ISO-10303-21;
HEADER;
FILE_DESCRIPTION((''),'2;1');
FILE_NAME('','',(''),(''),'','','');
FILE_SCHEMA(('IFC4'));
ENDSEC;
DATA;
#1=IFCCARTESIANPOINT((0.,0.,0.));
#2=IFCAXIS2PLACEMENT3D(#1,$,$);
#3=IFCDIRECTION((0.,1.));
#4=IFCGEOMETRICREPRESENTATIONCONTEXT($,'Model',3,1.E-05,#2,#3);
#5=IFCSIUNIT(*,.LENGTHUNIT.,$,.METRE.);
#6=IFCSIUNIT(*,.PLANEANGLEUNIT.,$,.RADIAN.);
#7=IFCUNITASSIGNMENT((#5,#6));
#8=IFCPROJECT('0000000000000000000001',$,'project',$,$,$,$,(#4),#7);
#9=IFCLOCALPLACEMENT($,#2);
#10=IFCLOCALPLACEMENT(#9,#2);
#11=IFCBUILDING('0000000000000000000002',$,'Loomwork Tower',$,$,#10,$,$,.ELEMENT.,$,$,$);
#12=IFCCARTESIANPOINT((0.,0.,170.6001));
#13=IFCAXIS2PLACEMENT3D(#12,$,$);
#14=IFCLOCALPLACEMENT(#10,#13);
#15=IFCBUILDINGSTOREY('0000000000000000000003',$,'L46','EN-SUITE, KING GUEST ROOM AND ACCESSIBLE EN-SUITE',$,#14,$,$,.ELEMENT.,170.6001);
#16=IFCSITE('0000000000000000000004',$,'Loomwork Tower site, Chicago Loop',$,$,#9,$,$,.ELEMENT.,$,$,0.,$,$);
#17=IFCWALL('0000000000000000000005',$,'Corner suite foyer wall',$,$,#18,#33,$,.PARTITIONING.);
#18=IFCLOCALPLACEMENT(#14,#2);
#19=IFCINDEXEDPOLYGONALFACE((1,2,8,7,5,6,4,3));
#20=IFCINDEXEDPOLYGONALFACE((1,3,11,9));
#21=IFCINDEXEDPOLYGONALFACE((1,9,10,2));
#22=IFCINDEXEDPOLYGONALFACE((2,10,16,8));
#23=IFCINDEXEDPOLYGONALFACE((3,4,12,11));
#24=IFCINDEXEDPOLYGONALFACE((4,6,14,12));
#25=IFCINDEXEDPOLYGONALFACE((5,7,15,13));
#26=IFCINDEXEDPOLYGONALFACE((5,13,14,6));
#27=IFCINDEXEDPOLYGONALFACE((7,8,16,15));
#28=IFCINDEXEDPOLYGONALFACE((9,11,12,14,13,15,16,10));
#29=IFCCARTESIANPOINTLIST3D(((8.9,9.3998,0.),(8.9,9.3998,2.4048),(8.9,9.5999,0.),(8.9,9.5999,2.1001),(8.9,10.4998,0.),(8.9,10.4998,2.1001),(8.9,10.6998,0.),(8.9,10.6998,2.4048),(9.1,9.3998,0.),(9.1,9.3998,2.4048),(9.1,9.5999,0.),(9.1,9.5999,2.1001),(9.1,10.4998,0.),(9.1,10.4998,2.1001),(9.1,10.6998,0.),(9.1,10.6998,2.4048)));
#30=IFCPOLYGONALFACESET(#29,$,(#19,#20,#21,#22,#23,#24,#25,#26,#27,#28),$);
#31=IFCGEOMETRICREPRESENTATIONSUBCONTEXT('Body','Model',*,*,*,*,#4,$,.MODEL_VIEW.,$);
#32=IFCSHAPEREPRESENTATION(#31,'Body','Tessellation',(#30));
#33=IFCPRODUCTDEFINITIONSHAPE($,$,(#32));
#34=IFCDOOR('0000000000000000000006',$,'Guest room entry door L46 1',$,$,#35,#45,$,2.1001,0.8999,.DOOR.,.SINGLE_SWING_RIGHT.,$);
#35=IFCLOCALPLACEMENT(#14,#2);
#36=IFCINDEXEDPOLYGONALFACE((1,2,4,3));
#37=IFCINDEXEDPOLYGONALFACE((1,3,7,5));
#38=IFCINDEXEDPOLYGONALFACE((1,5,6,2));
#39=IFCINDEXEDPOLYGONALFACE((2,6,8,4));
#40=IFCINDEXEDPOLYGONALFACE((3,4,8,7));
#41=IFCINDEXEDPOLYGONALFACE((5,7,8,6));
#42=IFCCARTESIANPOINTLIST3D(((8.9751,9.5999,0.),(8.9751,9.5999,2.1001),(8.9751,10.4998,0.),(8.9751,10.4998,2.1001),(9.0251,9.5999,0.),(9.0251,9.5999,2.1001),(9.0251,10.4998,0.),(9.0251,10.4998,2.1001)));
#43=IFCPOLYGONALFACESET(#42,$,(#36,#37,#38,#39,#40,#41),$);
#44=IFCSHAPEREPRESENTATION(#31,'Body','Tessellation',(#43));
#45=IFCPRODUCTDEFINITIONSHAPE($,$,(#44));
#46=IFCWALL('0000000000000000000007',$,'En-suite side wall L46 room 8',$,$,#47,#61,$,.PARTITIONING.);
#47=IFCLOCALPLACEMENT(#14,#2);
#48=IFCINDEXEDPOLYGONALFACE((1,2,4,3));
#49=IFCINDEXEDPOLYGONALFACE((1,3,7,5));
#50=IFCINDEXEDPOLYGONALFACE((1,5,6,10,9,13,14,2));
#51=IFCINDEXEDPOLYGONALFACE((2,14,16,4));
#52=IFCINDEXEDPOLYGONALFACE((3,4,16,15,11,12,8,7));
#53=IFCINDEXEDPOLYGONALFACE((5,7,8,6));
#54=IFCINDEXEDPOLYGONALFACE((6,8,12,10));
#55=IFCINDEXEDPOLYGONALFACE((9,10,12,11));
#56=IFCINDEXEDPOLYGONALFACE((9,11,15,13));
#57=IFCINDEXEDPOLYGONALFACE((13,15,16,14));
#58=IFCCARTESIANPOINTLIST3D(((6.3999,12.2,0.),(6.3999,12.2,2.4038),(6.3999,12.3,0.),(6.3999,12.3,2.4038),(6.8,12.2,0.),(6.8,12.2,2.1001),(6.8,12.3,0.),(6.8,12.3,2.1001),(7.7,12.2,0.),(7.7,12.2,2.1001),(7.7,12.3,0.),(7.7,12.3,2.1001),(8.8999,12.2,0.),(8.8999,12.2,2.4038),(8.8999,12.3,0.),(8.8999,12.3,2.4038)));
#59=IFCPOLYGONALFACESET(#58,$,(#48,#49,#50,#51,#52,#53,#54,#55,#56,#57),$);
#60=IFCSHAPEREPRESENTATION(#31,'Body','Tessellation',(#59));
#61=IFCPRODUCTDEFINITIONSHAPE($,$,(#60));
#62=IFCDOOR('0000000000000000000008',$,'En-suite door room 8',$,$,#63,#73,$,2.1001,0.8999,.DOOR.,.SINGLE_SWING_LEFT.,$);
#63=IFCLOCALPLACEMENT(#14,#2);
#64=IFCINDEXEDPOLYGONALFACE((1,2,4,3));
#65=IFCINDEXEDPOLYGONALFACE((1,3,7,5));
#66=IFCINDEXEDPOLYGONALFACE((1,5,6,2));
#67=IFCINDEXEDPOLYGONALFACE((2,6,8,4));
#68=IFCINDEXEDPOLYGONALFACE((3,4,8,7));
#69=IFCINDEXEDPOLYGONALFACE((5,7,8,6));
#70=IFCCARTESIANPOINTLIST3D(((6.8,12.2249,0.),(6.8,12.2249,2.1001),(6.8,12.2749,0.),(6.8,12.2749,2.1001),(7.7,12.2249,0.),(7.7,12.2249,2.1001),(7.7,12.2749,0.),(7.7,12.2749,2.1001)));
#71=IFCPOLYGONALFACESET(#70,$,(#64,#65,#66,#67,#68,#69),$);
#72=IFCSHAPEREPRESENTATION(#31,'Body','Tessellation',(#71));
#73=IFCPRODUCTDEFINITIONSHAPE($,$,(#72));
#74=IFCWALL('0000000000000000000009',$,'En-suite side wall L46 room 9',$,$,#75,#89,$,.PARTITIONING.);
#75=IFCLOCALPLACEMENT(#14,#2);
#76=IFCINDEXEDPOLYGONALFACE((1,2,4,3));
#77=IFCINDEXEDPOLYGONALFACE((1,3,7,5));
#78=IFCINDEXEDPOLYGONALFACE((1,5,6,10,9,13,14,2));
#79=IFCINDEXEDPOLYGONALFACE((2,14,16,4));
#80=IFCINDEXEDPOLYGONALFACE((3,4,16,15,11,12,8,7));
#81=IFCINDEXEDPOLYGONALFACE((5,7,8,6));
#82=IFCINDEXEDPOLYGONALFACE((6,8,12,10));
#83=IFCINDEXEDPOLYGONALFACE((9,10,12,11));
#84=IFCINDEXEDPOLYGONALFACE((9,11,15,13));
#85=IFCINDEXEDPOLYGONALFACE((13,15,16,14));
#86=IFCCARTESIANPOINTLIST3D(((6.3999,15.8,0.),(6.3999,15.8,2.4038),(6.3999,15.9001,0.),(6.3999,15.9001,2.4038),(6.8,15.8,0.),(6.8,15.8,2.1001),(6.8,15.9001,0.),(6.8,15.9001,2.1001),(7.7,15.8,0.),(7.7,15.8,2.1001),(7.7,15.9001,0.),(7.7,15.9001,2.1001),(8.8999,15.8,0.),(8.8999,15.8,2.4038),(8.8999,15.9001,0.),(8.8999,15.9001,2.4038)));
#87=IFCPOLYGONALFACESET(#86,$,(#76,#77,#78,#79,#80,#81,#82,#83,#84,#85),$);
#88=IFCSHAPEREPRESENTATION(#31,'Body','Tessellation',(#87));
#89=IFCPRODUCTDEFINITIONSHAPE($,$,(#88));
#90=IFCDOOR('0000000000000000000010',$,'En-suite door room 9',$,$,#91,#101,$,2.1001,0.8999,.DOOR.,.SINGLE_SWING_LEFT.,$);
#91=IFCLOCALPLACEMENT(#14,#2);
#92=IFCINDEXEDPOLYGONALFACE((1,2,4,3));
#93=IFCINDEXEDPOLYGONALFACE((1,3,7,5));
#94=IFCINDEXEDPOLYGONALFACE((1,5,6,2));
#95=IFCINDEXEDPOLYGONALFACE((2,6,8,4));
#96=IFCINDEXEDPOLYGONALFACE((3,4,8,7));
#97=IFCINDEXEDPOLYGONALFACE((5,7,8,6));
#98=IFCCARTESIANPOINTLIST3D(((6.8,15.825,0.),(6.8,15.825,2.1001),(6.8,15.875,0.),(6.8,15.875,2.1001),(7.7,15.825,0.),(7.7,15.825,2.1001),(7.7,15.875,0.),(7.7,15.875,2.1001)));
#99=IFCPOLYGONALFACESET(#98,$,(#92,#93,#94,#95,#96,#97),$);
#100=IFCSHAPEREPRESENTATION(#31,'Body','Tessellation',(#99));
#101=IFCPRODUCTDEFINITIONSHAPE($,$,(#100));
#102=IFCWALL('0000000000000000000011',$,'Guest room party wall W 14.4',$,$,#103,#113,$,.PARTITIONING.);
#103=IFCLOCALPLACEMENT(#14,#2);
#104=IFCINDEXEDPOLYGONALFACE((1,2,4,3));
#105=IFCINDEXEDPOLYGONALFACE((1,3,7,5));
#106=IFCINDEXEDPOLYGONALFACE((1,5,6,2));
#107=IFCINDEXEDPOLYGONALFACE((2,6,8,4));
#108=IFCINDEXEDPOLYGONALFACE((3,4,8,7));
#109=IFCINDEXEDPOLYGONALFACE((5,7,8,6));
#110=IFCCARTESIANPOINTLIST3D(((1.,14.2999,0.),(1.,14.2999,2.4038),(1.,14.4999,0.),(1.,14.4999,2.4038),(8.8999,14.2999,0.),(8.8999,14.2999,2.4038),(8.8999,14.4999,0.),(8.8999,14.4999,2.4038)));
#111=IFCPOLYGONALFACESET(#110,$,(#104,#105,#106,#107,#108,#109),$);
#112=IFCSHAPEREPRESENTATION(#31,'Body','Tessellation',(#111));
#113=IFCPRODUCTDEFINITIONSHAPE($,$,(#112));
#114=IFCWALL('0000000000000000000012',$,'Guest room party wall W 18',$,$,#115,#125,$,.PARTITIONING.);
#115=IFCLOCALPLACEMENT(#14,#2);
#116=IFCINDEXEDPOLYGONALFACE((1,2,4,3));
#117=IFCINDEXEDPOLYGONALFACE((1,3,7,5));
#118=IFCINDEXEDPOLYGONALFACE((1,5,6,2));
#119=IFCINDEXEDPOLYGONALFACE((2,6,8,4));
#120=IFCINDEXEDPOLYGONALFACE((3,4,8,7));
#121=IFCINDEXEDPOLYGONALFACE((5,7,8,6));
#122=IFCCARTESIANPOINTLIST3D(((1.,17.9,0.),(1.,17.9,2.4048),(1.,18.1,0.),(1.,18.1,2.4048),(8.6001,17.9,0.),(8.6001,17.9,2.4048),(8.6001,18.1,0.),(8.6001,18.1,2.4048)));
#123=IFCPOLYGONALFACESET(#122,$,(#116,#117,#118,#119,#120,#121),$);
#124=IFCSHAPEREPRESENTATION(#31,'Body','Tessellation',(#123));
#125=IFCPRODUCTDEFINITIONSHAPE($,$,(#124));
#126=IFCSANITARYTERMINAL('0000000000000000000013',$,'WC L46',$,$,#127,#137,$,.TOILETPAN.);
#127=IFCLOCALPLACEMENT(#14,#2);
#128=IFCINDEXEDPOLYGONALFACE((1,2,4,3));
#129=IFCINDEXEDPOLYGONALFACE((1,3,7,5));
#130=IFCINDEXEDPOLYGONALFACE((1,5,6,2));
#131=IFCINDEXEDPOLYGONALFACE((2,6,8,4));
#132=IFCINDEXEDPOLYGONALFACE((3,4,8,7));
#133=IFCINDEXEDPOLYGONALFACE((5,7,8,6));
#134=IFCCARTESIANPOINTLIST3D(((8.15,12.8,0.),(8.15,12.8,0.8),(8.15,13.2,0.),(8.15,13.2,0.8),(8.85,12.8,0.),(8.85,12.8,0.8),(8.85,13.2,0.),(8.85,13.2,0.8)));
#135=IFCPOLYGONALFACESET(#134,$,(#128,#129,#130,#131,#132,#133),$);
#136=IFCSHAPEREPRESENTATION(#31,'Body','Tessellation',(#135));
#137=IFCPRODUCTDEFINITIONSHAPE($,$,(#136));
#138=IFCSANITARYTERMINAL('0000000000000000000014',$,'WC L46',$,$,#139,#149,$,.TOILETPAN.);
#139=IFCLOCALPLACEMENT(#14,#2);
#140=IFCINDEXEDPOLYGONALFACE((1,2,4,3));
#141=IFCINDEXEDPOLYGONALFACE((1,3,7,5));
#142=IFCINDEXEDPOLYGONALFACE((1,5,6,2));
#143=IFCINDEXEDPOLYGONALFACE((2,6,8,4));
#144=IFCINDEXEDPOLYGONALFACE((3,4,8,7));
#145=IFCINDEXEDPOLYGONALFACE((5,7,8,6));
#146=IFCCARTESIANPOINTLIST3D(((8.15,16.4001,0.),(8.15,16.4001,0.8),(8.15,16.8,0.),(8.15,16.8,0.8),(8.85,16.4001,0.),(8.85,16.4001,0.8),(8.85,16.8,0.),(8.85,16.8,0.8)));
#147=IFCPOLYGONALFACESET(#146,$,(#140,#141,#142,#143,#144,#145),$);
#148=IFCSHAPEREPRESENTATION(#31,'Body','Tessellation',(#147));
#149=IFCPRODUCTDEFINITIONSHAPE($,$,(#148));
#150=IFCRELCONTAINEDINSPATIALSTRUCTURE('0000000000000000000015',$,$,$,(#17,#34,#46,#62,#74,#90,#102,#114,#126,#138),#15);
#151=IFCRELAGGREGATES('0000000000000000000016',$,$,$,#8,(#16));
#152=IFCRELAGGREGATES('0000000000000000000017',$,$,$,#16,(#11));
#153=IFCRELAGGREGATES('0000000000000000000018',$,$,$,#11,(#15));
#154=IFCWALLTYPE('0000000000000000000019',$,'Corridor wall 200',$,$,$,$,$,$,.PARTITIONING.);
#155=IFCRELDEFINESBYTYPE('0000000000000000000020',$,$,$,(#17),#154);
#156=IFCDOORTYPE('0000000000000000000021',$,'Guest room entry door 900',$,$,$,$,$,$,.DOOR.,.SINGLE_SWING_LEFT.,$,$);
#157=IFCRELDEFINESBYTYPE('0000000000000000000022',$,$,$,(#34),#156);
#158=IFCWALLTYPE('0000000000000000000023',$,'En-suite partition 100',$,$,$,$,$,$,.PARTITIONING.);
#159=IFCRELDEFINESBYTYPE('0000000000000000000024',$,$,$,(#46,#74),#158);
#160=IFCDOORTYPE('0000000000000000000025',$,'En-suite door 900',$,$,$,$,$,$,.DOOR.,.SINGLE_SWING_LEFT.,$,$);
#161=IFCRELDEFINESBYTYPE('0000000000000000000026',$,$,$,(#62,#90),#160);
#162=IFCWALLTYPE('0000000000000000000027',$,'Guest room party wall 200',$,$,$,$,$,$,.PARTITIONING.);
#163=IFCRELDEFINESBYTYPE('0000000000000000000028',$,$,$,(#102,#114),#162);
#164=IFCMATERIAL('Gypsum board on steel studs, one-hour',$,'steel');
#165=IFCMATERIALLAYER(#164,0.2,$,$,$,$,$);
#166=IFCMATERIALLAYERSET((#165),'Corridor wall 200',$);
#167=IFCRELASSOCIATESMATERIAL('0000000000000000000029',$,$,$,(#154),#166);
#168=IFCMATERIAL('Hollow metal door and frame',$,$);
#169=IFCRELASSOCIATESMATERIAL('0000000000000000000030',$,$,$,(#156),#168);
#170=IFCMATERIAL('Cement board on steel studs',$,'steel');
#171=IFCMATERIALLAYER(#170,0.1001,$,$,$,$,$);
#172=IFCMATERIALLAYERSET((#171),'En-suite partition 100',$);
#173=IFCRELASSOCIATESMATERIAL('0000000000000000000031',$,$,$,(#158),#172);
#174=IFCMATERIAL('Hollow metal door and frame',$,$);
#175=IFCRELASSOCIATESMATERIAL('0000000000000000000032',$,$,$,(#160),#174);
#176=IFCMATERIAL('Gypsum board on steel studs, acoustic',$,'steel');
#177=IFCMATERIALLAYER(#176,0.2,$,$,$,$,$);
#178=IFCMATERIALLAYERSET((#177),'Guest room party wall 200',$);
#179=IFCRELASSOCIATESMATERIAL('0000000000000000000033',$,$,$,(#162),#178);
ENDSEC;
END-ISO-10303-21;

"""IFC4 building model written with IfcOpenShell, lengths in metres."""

from ifc_helpers import new_model, si_unit, direction, frame, frame_2d, origin, origin_2d, place, context, subcontext, project, spatial, rectangle, extrude, material, layer, layer_set, type_object, element, fill, save


model = new_model("IFC4")

# Units and contexts
model_context = context("Model", 3, precision=1e-05, world=origin(), true_north=direction((0.0, 1.0)))
body_context = subcontext(model_context, "Body", "Model", "MODEL_VIEW")
ifc_project = project(units=[si_unit("LENGTHUNIT", "METRE"), si_unit("PLANEANGLEUNIT", "RADIAN")], contexts=[model_context])

# Site, building, storey
site_placement = place(None, origin())
site = spatial("IfcSite", under=ifc_project, at=site_placement, Name="Loomwork Tower site, Chicago Loop", CompositionType="ELEMENT", RefElevation=0.0)
building_placement = place(site_placement, origin())
building = spatial("IfcBuilding", under=site, at=building_placement, Name="Loomwork Tower", CompositionType="ELEMENT")
storey_placement = place(building_placement, frame((0.0, 0.0, 170.6001)))
storey = spatial("IfcBuildingStorey", under=building, at=storey_placement, Name="L46", Description="EN-SUITE, KING GUEST ROOM AND ACCESSIBLE EN-SUITE", CompositionType="ELEMENT", Elevation=170.6001)

# Shared definitions
ifc_material_1 = material(Name="Gypsum board on steel studs, one-hour", Category="steel")
ifc_layer_1 = layer(ifc_material_1, 0.2)
ifc_layer_set_1 = layer_set([ifc_layer_1], Name="Corridor wall 200")
wall_type_1 = type_object("IfcWallType", Name="Corridor wall 200", PredefinedType="PARTITIONING", material=ifc_layer_set_1)
ifc_material_2 = material(Name="Hollow metal door and frame")
door_type_1 = type_object("IfcDoorType", Name="Guest room entry door 900", OperationType="SINGLE_SWING_LEFT", PredefinedType="DOOR", material=ifc_material_2)

# Walls, openings, doors
wall_1_placement = place(storey_placement, frame((9.0, 9.3999, 0.0), z_axis=(0.0, 0.0, 1.0), x_axis=(0.0, 1.0, 0.0)))
wall_1 = element("IfcWall", 1, at=wall_1_placement, inside=storey, type_object=wall_type_1, Name="Corner suite foyer wall", PredefinedType="PARTITIONING", context=body_context, shape_type="SweptSolid", body=[
    extrude(rectangle(XDim=1.3, YDim=0.2, at=frame_2d((0.6499, 0.0))), origin(), (0.0, 0.0, 1.0), 2.4048),
])
opening_1_placement = place(wall_1_placement, frame((0.2, 0.0, 0.0)))
opening_1 = element("IfcOpeningElement", 2, at=opening_1_placement, cuts=wall_1, PredefinedType="OPENING", context=body_context, shape_type="SweptSolid", body=[
    extrude(rectangle(XDim=0.8999, YDim=2.1001, at=frame_2d((0.45, 1.05))), frame((0.0, 0.1099, 0.0), z_axis=(0.0, -1.0, 0.0), x_axis=(1.0, 0.0, 0.0)), (0.0, 0.0, 1.0), 0.22),
])
door_1_placement = place(opening_1_placement, origin())
door_1 = element("IfcDoor", 3, at=door_1_placement, inside=storey, type_object=door_type_1, Name="Guest room entry door L46 1", OperationType="SINGLE_SWING_RIGHT", OverallHeight=2.1001, OverallWidth=0.8999, PredefinedType="DOOR", context=body_context, shape_type="SweptSolid", body=[
    extrude(rectangle(XDim=0.8999, YDim=2.1001, at=frame_2d((0.45, 1.05))), frame((0.0, 0.0249, 0.0), z_axis=(0.0, -1.0, 0.0), x_axis=(1.0, 0.0, 0.0)), (0.0, 0.0, 1.0), 0.05),
])
fill(opening_1, door_1)
ifc_material_3 = material(Name="Cement board on steel studs", Category="steel")
ifc_layer_2 = layer(ifc_material_3, 0.1001)
ifc_layer_set_2 = layer_set([ifc_layer_2], Name="En-suite partition 100")
wall_type_2 = type_object("IfcWallType", Name="En-suite partition 100", PredefinedType="PARTITIONING", material=ifc_layer_set_2)
wall_2_placement = place(storey_placement, frame((8.8999, 12.25, 0.0), z_axis=(0.0, 0.0, 1.0), x_axis=(-1.0, 0.0, 0.0)))
wall_2 = element("IfcWall", 4, at=wall_2_placement, inside=storey, type_object=wall_type_2, Name="En-suite side wall L46 room 8", PredefinedType="PARTITIONING", context=body_context, shape_type="SweptSolid", body=[
    extrude(rectangle(XDim=2.5, YDim=0.1001, at=frame_2d((1.25, 0.0))), origin(), (0.0, 0.0, 1.0), 2.4038),
])
opening_2_placement = place(wall_2_placement, frame((1.2, 0.0, 0.0)))
opening_2 = element("IfcOpeningElement", 5, at=opening_2_placement, cuts=wall_2, PredefinedType="OPENING", context=body_context, shape_type="SweptSolid", body=[
    extrude(rectangle(XDim=0.8999, YDim=2.1001, at=frame_2d((0.45, 1.05))), frame((0.0, 0.0601, 0.0), z_axis=(0.0, -1.0, 0.0), x_axis=(1.0, 0.0, 0.0)), (0.0, 0.0, 1.0), 0.1201),
])
ifc_material_4 = material(Name="Hollow metal door and frame")
door_type_2 = type_object("IfcDoorType", Name="En-suite door 900", OperationType="SINGLE_SWING_LEFT", PredefinedType="DOOR", material=ifc_material_4)
door_2_placement = place(opening_2_placement, frame((0.8999, 0.0, 0.0), z_axis=(0.0, 0.0, 1.0), x_axis=(-1.0, 0.0, 0.0)))
door_2 = element("IfcDoor", 6, at=door_2_placement, inside=storey, type_object=door_type_2, Name="En-suite door room 8", OperationType="SINGLE_SWING_LEFT", OverallHeight=2.1001, OverallWidth=0.8999, PredefinedType="DOOR", context=body_context, shape_type="SweptSolid", body=[
    extrude(rectangle(XDim=0.8999, YDim=2.1001, at=frame_2d((0.45, 1.05))), frame((0.0, 0.0249, 0.0), z_axis=(0.0, -1.0, 0.0), x_axis=(1.0, 0.0, 0.0)), (0.0, 0.0, 1.0), 0.05),
])
fill(opening_2, door_2)
wall_3_placement = place(storey_placement, frame((8.8999, 15.8501, 0.0), z_axis=(0.0, 0.0, 1.0), x_axis=(-1.0, 0.0, 0.0)))
wall_3 = element("IfcWall", 7, at=wall_3_placement, inside=storey, type_object=wall_type_2, Name="En-suite side wall L46 room 9", PredefinedType="PARTITIONING", context=body_context, shape_type="SweptSolid", body=[
    extrude(rectangle(XDim=2.5, YDim=0.1001, at=frame_2d((1.25, 0.0))), origin(), (0.0, 0.0, 1.0), 2.4038),
])
opening_3_placement = place(wall_3_placement, frame((1.2, 0.0, 0.0)))
opening_3 = element("IfcOpeningElement", 8, at=opening_3_placement, cuts=wall_3, PredefinedType="OPENING", context=body_context, shape_type="SweptSolid", body=[
    extrude(rectangle(XDim=0.8999, YDim=2.1001, at=frame_2d((0.45, 1.05))), frame((0.0, 0.0601, 0.0), z_axis=(0.0, -1.0, 0.0), x_axis=(1.0, 0.0, 0.0)), (0.0, 0.0, 1.0), 0.1201),
])
door_3_placement = place(opening_3_placement, frame((0.8999, 0.0, 0.0), z_axis=(0.0, 0.0, 1.0), x_axis=(-1.0, 0.0, 0.0)))
door_3 = element("IfcDoor", 9, at=door_3_placement, inside=storey, type_object=door_type_2, Name="En-suite door room 9", OperationType="SINGLE_SWING_LEFT", OverallHeight=2.1001, OverallWidth=0.8999, PredefinedType="DOOR", context=body_context, shape_type="SweptSolid", body=[
    extrude(rectangle(XDim=0.8999, YDim=2.1001, at=frame_2d((0.45, 1.05))), frame((0.0, 0.0249, 0.0), z_axis=(0.0, -1.0, 0.0), x_axis=(1.0, 0.0, 0.0)), (0.0, 0.0, 1.0), 0.05),
])
fill(opening_3, door_3)

# Walls
ifc_material_5 = material(Name="Gypsum board on steel studs, acoustic", Category="steel")
ifc_layer_3 = layer(ifc_material_5, 0.2)
ifc_layer_set_3 = layer_set([ifc_layer_3], Name="Guest room party wall 200")
wall_type_3 = type_object("IfcWallType", Name="Guest room party wall 200", PredefinedType="PARTITIONING", material=ifc_layer_set_3)
wall_4_placement = place(storey_placement, frame((8.8999, 14.3999, 0.0), z_axis=(0.0, 0.0, 1.0), x_axis=(-1.0, 0.0, 0.0)))
element("IfcWall", 10, at=wall_4_placement, inside=storey, type_object=wall_type_3, Name="Guest room party wall W 14.4", PredefinedType="PARTITIONING", context=body_context, shape_type="SweptSolid", body=[
    extrude(rectangle(XDim=7.8999, YDim=0.2, at=frame_2d((3.95, 0.0))), origin(), (0.0, 0.0, 1.0), 2.4038),
])
wall_5_placement = place(storey_placement, frame((8.6001, 18.0, 0.0), z_axis=(0.0, 0.0, 1.0), x_axis=(-1.0, 0.0, 0.0)))
element("IfcWall", 11, at=wall_5_placement, inside=storey, type_object=wall_type_3, Name="Guest room party wall W 18", PredefinedType="PARTITIONING", context=body_context, shape_type="SweptSolid", body=[
    extrude(rectangle(XDim=7.6001, YDim=0.2, at=frame_2d((3.8, 0.0))), origin(), (0.0, 0.0, 1.0), 2.4048),
])

# Sanitary terminals
for number, where, z_axis, x_axis, name in (
    (12, (8.5, 13.0, 0.0), (0.0, 0.0, 1.0), (1.0, 0.0, 0.0), "WC L46"),
    (13, (8.5, 16.6001, 0.0), (0.0, 0.0, 1.0), (1.0, 0.0, 0.0), "WC L46"),
):
    element("IfcSanitaryTerminal", number, at=place(storey_placement, frame(where, z_axis=z_axis, x_axis=x_axis)), inside=storey, Name=name, PredefinedType="TOILETPAN", context=body_context, shape_type="SweptSolid", body=[
        extrude(rectangle(XDim=0.7, YDim=0.3999, at=origin_2d()), origin(), (0.0, 0.0, 1.0), 0.8),
    ])

save(model, "model.ifc")
